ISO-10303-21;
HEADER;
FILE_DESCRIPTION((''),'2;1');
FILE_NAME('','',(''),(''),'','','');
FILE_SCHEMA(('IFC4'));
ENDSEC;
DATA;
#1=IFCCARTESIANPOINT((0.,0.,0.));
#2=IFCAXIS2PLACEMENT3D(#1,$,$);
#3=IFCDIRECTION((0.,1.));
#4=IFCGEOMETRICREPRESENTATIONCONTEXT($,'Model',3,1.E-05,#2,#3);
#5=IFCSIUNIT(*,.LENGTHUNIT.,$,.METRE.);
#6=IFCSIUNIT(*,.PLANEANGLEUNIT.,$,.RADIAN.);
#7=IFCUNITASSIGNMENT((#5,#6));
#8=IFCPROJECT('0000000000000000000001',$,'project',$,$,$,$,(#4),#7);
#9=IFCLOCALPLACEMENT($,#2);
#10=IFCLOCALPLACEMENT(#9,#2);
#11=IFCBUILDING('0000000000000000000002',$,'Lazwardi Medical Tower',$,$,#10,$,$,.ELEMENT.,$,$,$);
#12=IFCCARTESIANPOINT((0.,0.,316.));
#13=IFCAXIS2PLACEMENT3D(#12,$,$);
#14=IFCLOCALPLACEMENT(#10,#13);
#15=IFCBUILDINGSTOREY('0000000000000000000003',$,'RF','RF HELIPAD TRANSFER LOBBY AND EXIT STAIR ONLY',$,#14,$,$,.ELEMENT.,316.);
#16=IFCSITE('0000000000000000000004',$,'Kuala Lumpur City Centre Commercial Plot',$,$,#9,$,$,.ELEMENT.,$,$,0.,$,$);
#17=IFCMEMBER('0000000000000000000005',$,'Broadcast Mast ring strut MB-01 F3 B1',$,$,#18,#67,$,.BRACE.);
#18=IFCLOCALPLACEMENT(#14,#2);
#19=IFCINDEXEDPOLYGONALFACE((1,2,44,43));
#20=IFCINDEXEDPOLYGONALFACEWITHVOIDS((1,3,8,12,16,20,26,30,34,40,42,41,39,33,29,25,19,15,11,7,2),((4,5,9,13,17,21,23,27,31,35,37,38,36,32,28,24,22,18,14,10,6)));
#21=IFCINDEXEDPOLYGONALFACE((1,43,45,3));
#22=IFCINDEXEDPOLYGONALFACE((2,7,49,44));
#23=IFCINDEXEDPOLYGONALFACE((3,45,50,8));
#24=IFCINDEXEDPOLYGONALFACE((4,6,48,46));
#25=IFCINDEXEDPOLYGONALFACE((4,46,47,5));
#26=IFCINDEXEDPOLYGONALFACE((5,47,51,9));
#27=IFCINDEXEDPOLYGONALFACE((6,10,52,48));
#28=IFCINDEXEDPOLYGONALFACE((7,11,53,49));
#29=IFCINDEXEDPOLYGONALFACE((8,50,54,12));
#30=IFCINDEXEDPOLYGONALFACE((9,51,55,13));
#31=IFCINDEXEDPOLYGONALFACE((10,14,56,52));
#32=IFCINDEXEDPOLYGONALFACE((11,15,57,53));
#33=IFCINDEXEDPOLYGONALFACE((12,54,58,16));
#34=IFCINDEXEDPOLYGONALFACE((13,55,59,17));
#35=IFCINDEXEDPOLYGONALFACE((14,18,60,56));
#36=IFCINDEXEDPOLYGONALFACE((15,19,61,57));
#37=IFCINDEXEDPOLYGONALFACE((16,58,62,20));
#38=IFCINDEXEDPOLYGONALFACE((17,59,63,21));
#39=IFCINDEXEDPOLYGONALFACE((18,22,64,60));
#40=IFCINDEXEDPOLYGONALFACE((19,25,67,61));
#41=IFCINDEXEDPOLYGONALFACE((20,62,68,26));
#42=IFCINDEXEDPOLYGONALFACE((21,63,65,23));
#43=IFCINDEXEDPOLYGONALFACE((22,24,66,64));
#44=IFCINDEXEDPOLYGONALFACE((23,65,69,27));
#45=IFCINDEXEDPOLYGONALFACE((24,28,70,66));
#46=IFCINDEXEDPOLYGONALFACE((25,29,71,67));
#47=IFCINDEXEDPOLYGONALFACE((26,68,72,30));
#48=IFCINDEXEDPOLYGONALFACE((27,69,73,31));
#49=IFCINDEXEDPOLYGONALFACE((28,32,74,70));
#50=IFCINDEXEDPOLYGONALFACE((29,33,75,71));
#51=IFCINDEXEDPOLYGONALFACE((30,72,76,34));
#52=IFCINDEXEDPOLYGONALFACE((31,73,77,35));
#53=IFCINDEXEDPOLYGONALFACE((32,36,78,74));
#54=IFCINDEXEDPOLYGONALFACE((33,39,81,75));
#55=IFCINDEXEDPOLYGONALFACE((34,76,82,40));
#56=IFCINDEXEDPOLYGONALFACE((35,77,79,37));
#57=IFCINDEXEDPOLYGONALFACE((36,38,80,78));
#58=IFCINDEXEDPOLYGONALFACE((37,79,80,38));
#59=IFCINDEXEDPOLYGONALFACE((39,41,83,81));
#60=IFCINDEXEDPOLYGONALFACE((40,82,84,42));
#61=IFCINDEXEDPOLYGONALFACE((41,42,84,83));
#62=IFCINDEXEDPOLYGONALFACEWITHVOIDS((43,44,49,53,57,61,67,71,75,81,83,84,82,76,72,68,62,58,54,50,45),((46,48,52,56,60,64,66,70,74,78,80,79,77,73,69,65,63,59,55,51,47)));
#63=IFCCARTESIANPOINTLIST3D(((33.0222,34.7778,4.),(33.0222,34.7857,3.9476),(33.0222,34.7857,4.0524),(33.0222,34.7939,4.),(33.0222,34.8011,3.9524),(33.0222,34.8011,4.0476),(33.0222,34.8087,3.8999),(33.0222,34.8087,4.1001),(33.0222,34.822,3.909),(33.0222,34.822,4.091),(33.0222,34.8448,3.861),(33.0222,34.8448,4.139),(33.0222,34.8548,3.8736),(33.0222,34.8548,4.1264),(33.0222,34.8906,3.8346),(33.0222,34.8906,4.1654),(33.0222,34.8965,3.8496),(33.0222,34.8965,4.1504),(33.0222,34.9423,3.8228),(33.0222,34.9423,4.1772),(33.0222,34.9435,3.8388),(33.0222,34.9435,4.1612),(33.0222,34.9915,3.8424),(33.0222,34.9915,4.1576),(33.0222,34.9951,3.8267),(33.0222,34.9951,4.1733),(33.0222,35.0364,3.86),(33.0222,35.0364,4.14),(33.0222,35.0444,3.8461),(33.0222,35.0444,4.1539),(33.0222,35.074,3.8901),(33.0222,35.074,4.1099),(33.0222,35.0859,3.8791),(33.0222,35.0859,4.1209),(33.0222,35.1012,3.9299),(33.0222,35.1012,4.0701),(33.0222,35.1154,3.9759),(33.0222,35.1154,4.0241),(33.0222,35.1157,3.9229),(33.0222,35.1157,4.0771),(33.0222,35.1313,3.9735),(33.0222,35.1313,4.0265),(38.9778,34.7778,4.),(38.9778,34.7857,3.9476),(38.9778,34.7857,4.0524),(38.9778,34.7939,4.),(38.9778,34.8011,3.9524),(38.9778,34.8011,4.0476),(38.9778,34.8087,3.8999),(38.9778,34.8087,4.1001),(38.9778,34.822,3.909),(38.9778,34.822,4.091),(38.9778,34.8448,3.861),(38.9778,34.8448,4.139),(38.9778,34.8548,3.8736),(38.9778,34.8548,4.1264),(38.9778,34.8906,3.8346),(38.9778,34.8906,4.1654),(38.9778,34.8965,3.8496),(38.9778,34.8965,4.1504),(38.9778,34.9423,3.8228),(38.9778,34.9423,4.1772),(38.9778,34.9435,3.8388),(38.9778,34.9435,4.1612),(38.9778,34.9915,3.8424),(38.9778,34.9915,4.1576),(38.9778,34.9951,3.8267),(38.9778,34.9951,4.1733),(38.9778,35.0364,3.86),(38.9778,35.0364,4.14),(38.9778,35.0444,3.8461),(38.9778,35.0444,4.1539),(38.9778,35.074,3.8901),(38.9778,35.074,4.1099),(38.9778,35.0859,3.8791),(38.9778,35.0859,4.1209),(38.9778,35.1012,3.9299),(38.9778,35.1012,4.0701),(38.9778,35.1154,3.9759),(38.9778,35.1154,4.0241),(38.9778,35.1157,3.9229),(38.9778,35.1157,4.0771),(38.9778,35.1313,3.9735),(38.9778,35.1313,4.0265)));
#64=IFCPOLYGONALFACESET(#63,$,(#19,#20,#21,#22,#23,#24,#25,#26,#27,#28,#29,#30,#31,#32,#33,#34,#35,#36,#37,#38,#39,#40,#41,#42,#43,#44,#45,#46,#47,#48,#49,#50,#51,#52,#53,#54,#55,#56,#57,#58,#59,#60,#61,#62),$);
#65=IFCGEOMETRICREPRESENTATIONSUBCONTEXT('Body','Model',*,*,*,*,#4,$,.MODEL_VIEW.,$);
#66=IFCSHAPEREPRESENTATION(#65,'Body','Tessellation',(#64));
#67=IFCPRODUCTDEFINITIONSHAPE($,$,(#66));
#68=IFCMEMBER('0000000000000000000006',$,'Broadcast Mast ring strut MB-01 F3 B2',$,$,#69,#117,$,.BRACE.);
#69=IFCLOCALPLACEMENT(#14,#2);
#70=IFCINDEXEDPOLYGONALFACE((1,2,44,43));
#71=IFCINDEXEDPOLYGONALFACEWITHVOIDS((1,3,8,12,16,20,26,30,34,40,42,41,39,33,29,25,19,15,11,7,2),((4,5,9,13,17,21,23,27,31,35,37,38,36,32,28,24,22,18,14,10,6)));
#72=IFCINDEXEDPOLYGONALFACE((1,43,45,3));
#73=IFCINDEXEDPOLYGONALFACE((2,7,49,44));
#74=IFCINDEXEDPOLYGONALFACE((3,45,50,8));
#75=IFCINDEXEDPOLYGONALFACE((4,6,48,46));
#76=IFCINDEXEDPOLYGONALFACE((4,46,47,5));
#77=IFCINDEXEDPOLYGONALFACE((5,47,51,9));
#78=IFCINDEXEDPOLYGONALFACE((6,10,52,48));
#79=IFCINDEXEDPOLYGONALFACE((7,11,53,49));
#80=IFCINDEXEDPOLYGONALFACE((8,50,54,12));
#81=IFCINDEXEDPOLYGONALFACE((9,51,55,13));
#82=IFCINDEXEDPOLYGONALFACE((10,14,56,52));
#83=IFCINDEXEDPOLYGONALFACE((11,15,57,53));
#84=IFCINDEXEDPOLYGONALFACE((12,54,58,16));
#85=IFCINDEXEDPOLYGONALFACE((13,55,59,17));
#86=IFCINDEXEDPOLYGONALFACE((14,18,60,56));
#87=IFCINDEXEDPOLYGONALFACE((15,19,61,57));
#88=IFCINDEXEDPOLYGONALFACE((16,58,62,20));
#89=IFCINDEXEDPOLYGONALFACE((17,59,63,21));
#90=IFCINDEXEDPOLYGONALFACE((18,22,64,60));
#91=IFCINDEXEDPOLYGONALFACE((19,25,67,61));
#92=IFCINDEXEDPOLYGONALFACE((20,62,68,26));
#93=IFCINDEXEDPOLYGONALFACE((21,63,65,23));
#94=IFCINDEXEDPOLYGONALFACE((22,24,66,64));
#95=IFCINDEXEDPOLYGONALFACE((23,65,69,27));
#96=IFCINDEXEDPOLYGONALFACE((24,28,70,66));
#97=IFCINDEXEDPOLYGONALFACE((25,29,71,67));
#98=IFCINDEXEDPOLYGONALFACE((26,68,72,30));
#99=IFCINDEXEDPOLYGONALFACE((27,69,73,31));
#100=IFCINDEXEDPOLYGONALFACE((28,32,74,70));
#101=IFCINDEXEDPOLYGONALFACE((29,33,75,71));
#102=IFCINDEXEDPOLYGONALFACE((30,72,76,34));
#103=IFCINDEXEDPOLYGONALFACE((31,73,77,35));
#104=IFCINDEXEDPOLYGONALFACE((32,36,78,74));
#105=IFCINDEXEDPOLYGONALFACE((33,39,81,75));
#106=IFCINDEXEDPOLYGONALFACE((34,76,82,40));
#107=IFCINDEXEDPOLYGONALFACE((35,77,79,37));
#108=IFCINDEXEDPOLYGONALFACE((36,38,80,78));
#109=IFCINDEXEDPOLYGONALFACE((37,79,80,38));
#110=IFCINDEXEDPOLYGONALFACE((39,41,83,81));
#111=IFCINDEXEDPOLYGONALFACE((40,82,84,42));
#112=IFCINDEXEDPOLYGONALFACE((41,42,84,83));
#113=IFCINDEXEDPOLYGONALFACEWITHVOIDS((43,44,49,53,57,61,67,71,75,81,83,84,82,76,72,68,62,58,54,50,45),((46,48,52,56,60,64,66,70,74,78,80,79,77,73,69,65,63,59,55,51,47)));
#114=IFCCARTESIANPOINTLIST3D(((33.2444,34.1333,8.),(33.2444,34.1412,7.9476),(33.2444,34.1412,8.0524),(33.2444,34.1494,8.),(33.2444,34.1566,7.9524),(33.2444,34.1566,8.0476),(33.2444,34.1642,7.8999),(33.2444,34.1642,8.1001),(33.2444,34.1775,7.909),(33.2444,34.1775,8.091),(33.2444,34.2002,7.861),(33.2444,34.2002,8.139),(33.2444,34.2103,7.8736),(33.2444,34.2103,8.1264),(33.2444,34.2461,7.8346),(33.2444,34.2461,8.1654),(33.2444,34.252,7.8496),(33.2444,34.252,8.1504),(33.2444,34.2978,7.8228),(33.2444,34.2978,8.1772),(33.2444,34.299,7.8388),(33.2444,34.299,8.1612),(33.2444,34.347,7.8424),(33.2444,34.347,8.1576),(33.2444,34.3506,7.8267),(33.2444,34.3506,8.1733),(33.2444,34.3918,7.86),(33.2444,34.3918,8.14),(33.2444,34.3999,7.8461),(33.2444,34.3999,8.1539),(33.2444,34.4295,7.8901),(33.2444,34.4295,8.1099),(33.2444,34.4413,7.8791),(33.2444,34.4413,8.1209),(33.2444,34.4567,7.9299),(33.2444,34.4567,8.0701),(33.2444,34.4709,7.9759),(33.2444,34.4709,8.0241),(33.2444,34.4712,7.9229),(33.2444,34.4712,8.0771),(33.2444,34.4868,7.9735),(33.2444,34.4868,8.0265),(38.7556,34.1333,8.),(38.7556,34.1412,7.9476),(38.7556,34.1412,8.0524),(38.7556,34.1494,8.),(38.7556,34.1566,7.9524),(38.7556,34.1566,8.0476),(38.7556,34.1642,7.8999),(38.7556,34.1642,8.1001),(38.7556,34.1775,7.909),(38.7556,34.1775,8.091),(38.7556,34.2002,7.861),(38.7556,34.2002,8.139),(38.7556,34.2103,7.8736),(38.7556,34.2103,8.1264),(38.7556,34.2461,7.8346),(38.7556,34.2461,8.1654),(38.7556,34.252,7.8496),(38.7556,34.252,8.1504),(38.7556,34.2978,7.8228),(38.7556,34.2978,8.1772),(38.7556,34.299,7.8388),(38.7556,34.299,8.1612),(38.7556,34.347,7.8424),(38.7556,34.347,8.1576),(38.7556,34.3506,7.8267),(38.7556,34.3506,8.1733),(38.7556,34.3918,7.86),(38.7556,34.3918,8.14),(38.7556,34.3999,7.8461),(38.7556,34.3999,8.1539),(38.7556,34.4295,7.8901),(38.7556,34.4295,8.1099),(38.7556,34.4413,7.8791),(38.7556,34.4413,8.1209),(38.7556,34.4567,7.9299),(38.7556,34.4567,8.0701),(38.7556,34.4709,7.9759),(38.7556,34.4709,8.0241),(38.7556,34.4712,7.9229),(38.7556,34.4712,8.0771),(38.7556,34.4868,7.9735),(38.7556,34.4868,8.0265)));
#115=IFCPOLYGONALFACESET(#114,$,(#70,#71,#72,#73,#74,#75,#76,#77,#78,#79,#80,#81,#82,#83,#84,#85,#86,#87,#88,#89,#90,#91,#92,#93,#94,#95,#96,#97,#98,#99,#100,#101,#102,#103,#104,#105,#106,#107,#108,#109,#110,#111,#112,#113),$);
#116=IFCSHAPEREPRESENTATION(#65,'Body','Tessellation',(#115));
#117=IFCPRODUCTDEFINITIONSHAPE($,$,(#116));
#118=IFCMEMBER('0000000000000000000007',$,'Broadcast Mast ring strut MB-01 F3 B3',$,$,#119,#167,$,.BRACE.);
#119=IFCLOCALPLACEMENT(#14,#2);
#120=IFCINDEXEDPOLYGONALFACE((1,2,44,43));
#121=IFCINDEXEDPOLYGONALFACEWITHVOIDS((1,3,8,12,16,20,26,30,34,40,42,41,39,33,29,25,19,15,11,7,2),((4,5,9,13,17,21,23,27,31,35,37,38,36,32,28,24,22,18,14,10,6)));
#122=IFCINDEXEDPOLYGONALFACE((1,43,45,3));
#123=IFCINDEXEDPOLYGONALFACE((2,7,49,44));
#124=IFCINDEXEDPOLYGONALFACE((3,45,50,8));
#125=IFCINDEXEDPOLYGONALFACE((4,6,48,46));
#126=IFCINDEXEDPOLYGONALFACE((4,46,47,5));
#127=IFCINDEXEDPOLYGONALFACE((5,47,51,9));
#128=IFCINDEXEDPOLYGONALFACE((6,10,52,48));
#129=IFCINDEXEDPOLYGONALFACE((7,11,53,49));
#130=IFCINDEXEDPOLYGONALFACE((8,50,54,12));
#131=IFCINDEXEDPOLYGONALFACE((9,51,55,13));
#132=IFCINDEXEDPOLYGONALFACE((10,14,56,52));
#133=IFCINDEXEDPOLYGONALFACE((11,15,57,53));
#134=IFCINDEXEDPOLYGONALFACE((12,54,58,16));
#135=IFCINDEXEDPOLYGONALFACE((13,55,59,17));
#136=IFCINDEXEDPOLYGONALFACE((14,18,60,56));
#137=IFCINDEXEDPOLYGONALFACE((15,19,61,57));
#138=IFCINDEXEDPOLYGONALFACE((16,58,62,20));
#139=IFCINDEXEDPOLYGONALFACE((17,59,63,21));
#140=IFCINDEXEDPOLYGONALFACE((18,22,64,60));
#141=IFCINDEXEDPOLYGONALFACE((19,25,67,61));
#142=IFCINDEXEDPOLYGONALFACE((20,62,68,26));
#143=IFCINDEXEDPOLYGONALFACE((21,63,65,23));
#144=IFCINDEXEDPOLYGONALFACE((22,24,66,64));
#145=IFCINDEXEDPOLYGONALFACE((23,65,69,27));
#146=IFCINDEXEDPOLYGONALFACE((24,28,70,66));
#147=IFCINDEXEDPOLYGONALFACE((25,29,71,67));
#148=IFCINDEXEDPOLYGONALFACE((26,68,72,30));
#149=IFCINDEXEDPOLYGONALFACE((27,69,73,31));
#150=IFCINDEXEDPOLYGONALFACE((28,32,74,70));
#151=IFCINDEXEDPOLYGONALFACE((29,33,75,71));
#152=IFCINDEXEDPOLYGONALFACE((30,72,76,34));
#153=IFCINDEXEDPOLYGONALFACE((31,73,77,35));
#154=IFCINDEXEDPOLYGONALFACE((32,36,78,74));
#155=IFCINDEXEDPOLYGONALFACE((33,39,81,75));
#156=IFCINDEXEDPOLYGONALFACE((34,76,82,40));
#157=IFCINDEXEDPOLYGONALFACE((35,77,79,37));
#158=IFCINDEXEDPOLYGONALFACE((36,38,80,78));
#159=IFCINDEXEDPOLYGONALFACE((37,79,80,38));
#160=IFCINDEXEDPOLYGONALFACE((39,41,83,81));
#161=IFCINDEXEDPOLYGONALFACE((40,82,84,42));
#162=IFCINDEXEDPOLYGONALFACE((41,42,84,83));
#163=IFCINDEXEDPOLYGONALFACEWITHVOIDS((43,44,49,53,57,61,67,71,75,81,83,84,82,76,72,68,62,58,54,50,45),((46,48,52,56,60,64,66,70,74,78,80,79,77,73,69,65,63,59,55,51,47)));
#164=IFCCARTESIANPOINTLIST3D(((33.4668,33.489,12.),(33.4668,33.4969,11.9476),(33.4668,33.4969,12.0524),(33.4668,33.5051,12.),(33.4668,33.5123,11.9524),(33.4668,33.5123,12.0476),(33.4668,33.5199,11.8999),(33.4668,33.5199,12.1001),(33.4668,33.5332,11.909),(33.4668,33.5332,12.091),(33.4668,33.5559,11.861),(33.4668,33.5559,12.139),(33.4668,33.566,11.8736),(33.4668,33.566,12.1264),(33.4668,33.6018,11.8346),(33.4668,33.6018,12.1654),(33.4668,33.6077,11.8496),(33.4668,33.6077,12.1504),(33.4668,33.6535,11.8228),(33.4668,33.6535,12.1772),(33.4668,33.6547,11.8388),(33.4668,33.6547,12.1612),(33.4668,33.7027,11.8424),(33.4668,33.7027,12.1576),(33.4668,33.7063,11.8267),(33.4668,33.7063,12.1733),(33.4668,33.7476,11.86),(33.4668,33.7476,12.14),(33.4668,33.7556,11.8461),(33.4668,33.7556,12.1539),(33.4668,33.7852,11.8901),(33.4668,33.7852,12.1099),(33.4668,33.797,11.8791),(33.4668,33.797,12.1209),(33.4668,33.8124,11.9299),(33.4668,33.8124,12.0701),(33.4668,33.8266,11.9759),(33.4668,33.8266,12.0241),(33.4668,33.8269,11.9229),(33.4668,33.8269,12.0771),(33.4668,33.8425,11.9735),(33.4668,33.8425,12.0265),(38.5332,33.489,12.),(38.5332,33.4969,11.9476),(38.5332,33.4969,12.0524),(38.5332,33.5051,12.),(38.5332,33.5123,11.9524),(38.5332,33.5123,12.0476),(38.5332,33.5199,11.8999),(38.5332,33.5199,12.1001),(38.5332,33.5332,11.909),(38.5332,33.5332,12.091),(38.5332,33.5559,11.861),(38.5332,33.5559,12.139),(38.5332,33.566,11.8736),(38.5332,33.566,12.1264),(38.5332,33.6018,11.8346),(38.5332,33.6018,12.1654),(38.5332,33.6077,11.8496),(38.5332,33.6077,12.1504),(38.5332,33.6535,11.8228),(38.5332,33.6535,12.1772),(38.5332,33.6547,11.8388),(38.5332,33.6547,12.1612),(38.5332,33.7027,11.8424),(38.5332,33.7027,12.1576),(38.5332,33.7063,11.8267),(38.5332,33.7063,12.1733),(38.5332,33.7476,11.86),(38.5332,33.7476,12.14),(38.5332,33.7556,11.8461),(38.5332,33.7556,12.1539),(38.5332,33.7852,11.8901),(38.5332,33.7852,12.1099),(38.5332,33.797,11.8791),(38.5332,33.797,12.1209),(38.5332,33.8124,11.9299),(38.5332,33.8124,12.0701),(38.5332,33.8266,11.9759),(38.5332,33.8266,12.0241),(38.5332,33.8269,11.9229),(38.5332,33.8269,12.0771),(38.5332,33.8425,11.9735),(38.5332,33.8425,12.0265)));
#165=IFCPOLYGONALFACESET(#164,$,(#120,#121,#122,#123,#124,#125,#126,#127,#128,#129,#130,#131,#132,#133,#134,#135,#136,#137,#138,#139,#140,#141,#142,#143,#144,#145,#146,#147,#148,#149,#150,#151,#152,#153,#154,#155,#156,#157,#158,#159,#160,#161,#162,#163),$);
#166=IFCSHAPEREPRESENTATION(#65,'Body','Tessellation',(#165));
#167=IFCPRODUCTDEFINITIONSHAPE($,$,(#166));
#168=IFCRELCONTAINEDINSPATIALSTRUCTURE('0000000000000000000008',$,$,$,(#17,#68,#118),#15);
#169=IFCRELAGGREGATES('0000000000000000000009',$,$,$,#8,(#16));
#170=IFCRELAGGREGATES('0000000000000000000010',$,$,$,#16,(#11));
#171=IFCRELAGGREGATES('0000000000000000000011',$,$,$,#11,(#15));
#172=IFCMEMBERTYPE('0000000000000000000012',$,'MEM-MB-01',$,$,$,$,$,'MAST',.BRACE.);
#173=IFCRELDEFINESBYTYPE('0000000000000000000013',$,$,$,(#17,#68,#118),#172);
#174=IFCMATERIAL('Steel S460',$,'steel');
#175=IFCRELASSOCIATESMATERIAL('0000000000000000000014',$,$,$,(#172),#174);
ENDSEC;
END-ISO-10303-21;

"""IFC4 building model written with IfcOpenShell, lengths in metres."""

from ifc_helpers import new_model, si_unit, direction, frame, origin, origin_2d, place, context, subcontext, project, spatial, hollow_circle, extrude, material, material_profile, profile_set, type_object, element, save


model = new_model("IFC4")

# Units and contexts
model_context = context("Model", 3, precision=1e-05, world=origin(), true_north=direction((0.0, 1.0)))
body_context = subcontext(model_context, "Body", "Model", "MODEL_VIEW")
ifc_project = project(units=[si_unit("LENGTHUNIT", "METRE"), si_unit("PLANEANGLEUNIT", "RADIAN")], contexts=[model_context])

# Site, building, storey
site_placement = place(None, origin())
site = spatial("IfcSite", under=ifc_project, at=site_placement, Name="Kuala Lumpur City Centre Commercial Plot", CompositionType="ELEMENT", RefElevation=0.0)
building_placement = place(site_placement, origin())
building = spatial("IfcBuilding", under=site, at=building_placement, Name="Lazwardi Medical Tower", CompositionType="ELEMENT")
storey_placement = place(building_placement, frame((0.0, 0.0, 316.0)))
storey = spatial("IfcBuildingStorey", under=building, at=storey_placement, Name="RF", Description="RF HELIPAD TRANSFER LOBBY AND EXIT STAIR ONLY", CompositionType="ELEMENT", Elevation=316.0)

# Members
ifc_material_1 = material(Name="Steel S460", Category="steel")
ifc_material_profile_1 = material_profile(ifc_material_1, hollow_circle(Radius=0.1777, WallThickness=0.0161, at=origin_2d()), Name="CHS 355.6x16")
ifc_profile_set_1 = profile_set([ifc_material_profile_1], Name="Steel S460")
member_type_1 = type_object("IfcMemberType", Name="MEM-MB-01", ElementType="MAST", PredefinedType="BRACE", material=ifc_profile_set_1)
member_1_placement = place(storey_placement, frame((38.9778, 34.9556, 4.0), z_axis=(-1.0, 0.0, 0.0), x_axis=(0.0, -1.0, 0.0)))
element("IfcMember", 1, at=member_1_placement, inside=storey, type_object=member_type_1, Name="Broadcast Mast ring strut MB-01 F3 B1", PredefinedType="BRACE", context=body_context, shape_type="SweptSolid", body=[
    extrude(hollow_circle(Radius=0.1777, WallThickness=0.0161, at=origin_2d()), origin(), (0.0, 0.0, 1.0), 5.9556),
])
member_2_placement = place(storey_placement, frame((38.7556, 34.311, 8.0), z_axis=(-1.0, 0.0, 0.0), x_axis=(0.0, -1.0, 0.0)))
element("IfcMember", 2, at=member_2_placement, inside=storey, type_object=member_type_1, Name="Broadcast Mast ring strut MB-01 F3 B2", PredefinedType="BRACE", context=body_context, shape_type="SweptSolid", body=[
    extrude(hollow_circle(Radius=0.1777, WallThickness=0.0161, at=origin_2d()), origin(), (0.0, 0.0, 1.0), 5.5112),
])
member_3_placement = place(storey_placement, frame((38.5332, 33.6667, 12.0), z_axis=(-1.0, 0.0, 0.0), x_axis=(0.0, -1.0, 0.0)))
element("IfcMember", 3, at=member_3_placement, inside=storey, type_object=member_type_1, Name="Broadcast Mast ring strut MB-01 F3 B3", PredefinedType="BRACE", context=body_context, shape_type="SweptSolid", body=[
    extrude(hollow_circle(Radius=0.1777, WallThickness=0.0161, at=origin_2d()), origin(), (0.0, 0.0, 1.0), 5.0664),
])

save(model, "model.ifc")
